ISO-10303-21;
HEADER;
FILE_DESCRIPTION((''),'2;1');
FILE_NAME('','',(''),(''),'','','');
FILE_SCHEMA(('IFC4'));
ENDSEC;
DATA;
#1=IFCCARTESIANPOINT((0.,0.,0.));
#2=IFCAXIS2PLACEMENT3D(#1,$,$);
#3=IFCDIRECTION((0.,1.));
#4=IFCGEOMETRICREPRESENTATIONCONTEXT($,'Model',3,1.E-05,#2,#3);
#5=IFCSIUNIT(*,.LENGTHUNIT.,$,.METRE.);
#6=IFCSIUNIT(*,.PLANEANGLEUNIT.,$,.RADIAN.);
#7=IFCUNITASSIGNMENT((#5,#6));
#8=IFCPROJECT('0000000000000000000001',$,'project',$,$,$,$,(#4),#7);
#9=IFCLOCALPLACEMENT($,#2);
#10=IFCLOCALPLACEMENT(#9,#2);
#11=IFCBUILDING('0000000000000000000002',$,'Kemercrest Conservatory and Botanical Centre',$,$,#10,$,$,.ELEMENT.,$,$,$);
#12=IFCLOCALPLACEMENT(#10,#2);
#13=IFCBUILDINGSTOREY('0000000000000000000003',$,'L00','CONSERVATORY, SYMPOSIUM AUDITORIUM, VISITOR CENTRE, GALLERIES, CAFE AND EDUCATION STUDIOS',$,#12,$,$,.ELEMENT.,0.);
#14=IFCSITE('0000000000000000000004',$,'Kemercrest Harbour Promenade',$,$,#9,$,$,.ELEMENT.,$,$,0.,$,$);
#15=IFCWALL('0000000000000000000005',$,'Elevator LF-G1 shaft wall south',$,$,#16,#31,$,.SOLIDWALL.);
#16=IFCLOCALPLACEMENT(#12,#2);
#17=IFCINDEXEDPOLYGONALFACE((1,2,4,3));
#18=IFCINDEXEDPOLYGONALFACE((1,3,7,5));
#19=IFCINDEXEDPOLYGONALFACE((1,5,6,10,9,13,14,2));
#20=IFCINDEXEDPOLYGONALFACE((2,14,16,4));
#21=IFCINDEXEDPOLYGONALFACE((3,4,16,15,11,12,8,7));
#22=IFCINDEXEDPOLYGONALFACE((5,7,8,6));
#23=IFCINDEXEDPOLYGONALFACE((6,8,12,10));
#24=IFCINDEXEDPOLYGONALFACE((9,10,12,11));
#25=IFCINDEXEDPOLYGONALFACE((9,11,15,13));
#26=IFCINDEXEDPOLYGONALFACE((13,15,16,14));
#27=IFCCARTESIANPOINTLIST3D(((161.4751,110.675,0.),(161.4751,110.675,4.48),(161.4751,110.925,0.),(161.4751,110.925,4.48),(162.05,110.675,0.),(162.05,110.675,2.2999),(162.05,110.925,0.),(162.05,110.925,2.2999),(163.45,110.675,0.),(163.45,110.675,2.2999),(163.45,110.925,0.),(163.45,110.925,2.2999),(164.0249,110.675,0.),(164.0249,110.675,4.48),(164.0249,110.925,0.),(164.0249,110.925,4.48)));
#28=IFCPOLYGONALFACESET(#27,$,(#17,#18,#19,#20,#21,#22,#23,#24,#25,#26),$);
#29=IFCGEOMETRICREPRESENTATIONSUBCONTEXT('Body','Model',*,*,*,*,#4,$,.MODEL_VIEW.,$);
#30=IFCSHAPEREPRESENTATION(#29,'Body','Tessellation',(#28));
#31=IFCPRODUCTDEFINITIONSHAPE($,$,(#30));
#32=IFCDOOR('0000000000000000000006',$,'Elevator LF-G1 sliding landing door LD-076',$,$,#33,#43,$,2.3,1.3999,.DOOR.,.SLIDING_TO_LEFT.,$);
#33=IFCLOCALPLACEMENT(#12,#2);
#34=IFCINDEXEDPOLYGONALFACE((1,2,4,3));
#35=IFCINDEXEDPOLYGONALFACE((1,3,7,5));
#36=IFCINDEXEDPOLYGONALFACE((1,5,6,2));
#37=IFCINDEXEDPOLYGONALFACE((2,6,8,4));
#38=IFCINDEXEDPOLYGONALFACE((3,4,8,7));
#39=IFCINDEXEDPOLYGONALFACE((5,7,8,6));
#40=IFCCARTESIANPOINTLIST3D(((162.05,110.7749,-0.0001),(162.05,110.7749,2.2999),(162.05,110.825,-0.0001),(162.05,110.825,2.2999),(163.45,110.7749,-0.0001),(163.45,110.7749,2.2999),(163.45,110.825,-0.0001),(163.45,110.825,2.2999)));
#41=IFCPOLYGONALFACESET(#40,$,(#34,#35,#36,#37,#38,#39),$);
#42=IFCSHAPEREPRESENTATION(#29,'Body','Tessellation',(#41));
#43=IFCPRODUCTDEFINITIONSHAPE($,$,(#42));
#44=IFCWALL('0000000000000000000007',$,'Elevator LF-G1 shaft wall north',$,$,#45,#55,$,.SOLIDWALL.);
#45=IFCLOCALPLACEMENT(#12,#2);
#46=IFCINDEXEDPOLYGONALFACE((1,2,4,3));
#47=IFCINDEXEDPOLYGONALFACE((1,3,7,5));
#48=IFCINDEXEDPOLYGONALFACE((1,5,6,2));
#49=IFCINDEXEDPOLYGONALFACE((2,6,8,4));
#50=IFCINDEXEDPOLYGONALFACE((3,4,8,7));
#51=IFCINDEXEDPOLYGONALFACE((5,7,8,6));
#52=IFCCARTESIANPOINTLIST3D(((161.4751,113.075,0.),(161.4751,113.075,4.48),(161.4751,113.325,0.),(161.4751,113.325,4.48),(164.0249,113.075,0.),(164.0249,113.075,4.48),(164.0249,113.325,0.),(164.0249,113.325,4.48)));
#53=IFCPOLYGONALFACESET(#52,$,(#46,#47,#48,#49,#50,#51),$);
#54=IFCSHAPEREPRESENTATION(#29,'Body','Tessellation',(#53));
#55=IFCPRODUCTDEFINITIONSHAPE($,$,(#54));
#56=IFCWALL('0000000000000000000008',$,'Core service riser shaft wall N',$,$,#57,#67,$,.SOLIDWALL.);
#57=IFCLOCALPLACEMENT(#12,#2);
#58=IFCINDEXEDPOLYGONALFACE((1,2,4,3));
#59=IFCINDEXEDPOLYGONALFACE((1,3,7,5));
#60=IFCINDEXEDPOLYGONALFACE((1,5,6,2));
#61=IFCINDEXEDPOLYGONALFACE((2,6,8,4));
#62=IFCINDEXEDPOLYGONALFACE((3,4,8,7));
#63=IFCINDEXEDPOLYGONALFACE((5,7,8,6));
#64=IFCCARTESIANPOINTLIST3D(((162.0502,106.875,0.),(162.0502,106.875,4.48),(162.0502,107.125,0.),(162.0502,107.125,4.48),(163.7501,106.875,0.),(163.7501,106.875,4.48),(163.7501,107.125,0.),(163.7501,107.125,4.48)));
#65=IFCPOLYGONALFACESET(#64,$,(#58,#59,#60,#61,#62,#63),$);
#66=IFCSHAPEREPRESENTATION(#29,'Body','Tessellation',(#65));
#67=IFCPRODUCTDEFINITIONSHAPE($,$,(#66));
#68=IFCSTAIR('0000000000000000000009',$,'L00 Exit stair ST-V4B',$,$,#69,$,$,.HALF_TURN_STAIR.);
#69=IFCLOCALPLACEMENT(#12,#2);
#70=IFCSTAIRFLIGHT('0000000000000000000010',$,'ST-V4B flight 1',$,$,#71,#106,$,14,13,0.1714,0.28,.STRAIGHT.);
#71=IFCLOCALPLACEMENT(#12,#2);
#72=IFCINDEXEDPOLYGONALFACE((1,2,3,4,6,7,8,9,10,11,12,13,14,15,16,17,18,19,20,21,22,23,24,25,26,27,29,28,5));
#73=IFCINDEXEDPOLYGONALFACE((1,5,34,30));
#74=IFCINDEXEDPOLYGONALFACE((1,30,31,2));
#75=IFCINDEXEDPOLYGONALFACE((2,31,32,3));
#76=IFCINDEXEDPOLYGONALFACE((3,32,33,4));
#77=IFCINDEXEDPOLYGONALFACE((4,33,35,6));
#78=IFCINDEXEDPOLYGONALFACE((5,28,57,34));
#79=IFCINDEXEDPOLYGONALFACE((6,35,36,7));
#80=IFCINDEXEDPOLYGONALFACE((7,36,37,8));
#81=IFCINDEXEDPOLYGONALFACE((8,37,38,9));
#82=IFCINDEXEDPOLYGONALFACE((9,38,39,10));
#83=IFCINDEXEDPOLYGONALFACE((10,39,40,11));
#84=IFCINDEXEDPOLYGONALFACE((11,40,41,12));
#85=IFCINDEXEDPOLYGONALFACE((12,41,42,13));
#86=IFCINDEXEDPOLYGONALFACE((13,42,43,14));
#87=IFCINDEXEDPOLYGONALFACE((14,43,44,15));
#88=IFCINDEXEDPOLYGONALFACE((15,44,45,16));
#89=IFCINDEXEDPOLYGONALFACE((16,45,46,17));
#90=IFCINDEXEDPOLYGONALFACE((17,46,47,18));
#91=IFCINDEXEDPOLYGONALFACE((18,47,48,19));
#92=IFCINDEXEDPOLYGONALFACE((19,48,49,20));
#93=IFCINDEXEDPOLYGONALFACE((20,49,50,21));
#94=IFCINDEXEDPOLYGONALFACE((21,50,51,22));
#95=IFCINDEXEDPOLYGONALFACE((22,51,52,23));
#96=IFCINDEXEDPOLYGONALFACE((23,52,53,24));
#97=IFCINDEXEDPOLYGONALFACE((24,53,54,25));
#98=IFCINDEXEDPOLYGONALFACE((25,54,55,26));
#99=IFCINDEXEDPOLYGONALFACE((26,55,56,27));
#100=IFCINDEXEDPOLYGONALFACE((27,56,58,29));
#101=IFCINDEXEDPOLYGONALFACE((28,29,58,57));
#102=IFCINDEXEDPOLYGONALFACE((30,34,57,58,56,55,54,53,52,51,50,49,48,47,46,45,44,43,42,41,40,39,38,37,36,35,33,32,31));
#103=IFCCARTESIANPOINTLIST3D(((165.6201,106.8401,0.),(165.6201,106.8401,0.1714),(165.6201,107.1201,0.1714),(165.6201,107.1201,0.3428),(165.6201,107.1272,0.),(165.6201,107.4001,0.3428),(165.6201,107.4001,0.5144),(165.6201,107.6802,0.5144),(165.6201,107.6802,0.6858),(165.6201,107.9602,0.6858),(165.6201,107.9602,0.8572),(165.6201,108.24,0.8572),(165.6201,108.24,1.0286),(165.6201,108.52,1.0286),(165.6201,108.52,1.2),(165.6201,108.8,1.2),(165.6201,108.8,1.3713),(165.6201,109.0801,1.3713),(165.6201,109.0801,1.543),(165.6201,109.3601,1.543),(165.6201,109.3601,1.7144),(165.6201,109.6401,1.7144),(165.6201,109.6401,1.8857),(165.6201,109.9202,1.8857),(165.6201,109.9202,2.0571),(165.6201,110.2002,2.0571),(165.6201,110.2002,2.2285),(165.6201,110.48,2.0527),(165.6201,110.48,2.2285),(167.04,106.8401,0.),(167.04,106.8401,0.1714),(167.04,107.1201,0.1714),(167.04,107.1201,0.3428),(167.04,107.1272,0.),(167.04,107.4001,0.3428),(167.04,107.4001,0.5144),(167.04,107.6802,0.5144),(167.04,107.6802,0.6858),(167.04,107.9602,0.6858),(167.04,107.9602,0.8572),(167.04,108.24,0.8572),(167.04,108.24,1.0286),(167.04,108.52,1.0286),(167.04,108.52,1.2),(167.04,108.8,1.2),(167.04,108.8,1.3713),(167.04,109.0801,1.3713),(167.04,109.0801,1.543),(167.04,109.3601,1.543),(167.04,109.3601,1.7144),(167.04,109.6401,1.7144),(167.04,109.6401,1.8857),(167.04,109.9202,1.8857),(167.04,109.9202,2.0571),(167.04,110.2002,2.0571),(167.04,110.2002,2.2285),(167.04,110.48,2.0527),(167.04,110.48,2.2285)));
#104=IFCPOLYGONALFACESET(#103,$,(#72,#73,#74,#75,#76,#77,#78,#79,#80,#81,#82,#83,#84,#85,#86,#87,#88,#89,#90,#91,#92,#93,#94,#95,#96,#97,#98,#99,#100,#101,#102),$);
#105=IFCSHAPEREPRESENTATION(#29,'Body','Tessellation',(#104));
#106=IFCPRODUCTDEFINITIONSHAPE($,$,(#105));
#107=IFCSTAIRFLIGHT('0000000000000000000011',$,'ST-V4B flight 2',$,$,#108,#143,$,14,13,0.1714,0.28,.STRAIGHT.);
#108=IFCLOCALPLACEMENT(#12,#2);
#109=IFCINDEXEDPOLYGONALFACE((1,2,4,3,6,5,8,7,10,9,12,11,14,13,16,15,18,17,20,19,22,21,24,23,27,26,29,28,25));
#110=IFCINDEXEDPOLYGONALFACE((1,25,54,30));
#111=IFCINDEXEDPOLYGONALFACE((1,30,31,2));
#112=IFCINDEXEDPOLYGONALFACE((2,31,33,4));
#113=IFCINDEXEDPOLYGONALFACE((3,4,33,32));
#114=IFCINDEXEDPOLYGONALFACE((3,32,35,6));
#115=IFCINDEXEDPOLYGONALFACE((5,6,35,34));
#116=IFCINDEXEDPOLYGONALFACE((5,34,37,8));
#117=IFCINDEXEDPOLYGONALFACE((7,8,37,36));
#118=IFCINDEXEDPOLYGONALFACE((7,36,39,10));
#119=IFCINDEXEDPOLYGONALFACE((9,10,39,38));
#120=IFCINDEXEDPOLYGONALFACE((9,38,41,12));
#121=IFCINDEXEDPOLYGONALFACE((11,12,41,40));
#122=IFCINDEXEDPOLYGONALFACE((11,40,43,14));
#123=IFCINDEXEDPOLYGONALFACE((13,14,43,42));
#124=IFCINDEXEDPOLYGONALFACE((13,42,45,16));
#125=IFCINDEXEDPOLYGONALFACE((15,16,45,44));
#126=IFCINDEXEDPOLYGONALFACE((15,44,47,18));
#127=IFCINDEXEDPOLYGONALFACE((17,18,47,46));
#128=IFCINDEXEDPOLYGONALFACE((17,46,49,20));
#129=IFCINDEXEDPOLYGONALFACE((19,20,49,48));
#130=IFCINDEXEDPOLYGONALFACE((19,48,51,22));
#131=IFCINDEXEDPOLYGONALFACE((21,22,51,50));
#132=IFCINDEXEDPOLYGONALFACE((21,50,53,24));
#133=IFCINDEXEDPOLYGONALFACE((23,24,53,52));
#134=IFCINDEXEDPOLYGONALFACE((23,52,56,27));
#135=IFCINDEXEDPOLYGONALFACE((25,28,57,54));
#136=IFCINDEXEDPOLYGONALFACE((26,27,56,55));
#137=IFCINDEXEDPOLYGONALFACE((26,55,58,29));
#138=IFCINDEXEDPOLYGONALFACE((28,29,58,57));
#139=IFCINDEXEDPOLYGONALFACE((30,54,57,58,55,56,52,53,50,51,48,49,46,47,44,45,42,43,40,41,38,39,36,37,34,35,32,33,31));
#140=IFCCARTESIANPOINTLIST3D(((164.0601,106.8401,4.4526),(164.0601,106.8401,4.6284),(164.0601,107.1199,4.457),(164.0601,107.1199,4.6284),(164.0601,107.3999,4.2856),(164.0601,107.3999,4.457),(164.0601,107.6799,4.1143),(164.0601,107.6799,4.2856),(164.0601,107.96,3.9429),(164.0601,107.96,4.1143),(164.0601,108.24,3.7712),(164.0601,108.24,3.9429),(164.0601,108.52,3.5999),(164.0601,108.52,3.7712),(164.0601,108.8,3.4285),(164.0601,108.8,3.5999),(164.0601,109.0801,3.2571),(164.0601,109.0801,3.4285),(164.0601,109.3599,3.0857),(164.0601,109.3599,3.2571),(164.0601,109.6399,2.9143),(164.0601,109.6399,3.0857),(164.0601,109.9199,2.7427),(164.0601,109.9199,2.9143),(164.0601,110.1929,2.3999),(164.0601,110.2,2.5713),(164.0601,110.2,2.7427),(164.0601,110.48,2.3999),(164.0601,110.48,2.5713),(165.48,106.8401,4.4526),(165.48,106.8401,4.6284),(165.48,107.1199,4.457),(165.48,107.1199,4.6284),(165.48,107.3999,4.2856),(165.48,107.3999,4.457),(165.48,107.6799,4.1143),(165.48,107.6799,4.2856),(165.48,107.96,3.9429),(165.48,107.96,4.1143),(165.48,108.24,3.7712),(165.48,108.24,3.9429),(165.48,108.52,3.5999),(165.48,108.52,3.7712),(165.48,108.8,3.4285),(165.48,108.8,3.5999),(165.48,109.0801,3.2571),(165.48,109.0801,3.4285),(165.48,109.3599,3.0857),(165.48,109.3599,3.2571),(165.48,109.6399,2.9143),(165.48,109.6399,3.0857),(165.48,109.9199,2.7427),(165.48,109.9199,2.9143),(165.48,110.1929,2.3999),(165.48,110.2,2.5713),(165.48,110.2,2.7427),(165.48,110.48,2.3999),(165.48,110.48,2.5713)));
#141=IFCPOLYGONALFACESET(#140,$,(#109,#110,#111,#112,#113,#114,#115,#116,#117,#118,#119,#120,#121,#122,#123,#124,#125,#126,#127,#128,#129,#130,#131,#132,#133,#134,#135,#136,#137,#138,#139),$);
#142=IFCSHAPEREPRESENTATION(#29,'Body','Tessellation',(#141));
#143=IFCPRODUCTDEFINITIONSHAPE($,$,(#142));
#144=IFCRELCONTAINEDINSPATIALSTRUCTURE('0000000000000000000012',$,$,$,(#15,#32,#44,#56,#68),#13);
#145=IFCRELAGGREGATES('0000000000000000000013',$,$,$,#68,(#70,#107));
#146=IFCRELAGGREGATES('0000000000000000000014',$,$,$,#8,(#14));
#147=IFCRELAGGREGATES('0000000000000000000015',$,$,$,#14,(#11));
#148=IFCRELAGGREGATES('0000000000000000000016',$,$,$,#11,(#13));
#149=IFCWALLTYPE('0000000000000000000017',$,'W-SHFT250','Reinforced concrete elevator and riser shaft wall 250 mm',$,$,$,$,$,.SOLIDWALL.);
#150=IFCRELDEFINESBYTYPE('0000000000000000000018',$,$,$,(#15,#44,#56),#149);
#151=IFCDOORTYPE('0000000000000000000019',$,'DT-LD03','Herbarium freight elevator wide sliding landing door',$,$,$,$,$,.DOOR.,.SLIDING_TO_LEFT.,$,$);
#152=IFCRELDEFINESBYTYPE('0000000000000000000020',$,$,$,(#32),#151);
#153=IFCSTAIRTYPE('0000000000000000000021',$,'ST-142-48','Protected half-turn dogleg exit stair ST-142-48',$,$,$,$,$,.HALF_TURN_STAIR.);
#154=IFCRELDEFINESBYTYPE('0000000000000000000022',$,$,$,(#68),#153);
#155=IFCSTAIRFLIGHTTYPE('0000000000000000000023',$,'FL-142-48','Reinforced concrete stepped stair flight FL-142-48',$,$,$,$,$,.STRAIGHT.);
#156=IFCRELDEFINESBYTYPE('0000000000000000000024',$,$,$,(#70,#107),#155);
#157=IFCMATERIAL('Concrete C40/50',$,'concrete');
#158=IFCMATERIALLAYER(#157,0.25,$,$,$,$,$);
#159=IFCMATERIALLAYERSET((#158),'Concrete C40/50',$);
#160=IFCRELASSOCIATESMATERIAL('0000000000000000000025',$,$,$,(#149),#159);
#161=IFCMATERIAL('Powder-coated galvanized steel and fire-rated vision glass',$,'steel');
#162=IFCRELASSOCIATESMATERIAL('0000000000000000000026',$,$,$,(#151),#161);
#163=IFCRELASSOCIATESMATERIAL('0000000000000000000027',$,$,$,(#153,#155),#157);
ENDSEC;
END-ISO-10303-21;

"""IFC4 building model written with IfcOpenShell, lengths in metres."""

from ifc_helpers import new_model, si_unit, direction, frame, frame_2d, origin, place, context, subcontext, project, spatial, polyline, rectangle, outline, extrude, material, layer, layer_set, type_object, element, fill, aggregate, save


model = new_model("IFC4")

# Units and contexts
model_context = context("Model", 3, precision=1e-05, world=origin(), true_north=direction((0.0, 1.0)))
body_context = subcontext(model_context, "Body", "Model", "MODEL_VIEW")
ifc_project = project(units=[si_unit("LENGTHUNIT", "METRE"), si_unit("PLANEANGLEUNIT", "RADIAN")], contexts=[model_context])

# Site, building, storey
site_placement = place(None, origin())
site = spatial("IfcSite", under=ifc_project, at=site_placement, Name="Kemercrest Harbour Promenade", CompositionType="ELEMENT", RefElevation=0.0)
building_placement = place(site_placement, origin())
building = spatial("IfcBuilding", under=site, at=building_placement, Name="Kemercrest Conservatory and Botanical Centre", CompositionType="ELEMENT")
storey_placement = place(building_placement, origin())
storey = spatial("IfcBuildingStorey", under=building, at=storey_placement, Name="L00", Description="CONSERVATORY, SYMPOSIUM AUDITORIUM, VISITOR CENTRE, GALLERIES, CAFE AND EDUCATION STUDIOS", CompositionType="ELEMENT", Elevation=0.0)

# Shared definitions
ifc_material_1 = material(Name="Concrete C40/50", Category="concrete")

# Shared definitions
ifc_layer_1 = layer(ifc_material_1, 0.25)
ifc_layer_set_1 = layer_set([ifc_layer_1], Name="Concrete C40/50")
wall_type_1 = type_object("IfcWallType", Name="W-SHFT250", Description="Reinforced concrete elevator and riser shaft wall 250 mm", PredefinedType="SOLIDWALL", material=ifc_layer_set_1)

# Wall, opening, door
wall_1_placement = place(storey_placement, frame((161.4751, 110.8, 0.0), z_axis=(0.0, 0.0, 1.0), x_axis=(1.0, 0.0, 0.0)))
wall_1 = element("IfcWall", 1, at=wall_1_placement, inside=storey, type_object=wall_type_1, Name="Elevator LF-G1 shaft wall south", PredefinedType="SOLIDWALL", context=body_context, shape_type="SweptSolid", body=[
    extrude(rectangle(XDim=2.5498, YDim=0.25, at=frame_2d((1.2749, 0.0))), origin(), (0.0, 0.0, 1.0), 4.48),
])
opening_1_placement = place(wall_1_placement, frame((0.575, 0.0, 0.0)))
opening_1 = element("IfcOpeningElement", 2, at=opening_1_placement, cuts=wall_1, PredefinedType="OPENING", context=body_context, shape_type="SweptSolid", body=[
    extrude(rectangle(XDim=1.3999, YDim=2.3, at=frame_2d((0.7, 1.1499))), frame((0.0, 0.135, 0.0), z_axis=(0.0, -1.0, 0.0), x_axis=(1.0, 0.0, 0.0)), (0.0, 0.0, 1.0), 0.27),
])
ifc_material_2 = material(Name="Powder-coated galvanized steel and fire-rated vision glass", Category="steel")
door_type_1 = type_object("IfcDoorType", Name="DT-LD03", Description="Herbarium freight elevator wide sliding landing door", OperationType="SLIDING_TO_LEFT", PredefinedType="DOOR", material=ifc_material_2)
door_1_placement = place(opening_1_placement, origin())
door_1 = element("IfcDoor", 3, at=door_1_placement, inside=storey, type_object=door_type_1, Name="Elevator LF-G1 sliding landing door LD-076", OperationType="SLIDING_TO_LEFT", OverallHeight=2.3, OverallWidth=1.3999, PredefinedType="DOOR", context=body_context, shape_type="SweptSolid", body=[
    extrude(rectangle(XDim=1.3999, YDim=2.3, at=frame_2d((0.7, 1.1499))), frame((0.0, 0.0249, 0.0), z_axis=(0.0, -1.0, 0.0), x_axis=(1.0, 0.0, 0.0)), (0.0, 0.0, 1.0), 0.05),
])
fill(opening_1, door_1)

# Walls
wall_2_placement = place(storey_placement, frame((161.4751, 113.2, 0.0), z_axis=(0.0, 0.0, 1.0), x_axis=(1.0, 0.0, 0.0)))
element("IfcWall", 4, at=wall_2_placement, inside=storey, type_object=wall_type_1, Name="Elevator LF-G1 shaft wall north", PredefinedType="SOLIDWALL", context=body_context, shape_type="SweptSolid", body=[
    extrude(rectangle(XDim=2.5498, YDim=0.25, at=frame_2d((1.2749, 0.0))), origin(), (0.0, 0.0, 1.0), 4.48),
])
wall_3_placement = place(storey_placement, frame((162.05, 107.0, 0.0), z_axis=(0.0, 0.0, 1.0), x_axis=(1.0, 0.0, 0.0)))
element("IfcWall", 5, at=wall_3_placement, inside=storey, type_object=wall_type_1, Name="Core service riser shaft wall N", PredefinedType="SOLIDWALL", context=body_context, shape_type="SweptSolid", body=[
    extrude(rectangle(XDim=1.7, YDim=0.25, at=frame_2d((0.8501, 0.0))), origin(), (0.0, 0.0, 1.0), 4.48),
])

# Stair, stair flights
stair_type = type_object("IfcStairType", Name="ST-142-48", Description="Protected half-turn dogleg exit stair ST-142-48", PredefinedType="HALF_TURN_STAIR", material=ifc_material_1)
stair_placement = place(storey_placement, origin())
stair = element("IfcStair", 6, at=stair_placement, inside=storey, type_object=stair_type, Name="L00 Exit stair ST-V4B", PredefinedType="HALF_TURN_STAIR")
stair_flight_type = type_object("IfcStairFlightType", Name="FL-142-48", Description="Reinforced concrete stepped stair flight FL-142-48", PredefinedType="STRAIGHT", material=ifc_material_1)
stair_flight_1_placement = place(storey_placement, frame((166.3301, 106.8401, 0.0), z_axis=(0.0, 0.0, 1.0), x_axis=(0.0, 1.0, 0.0)))
stair_flight_1 = element("IfcStairFlight", 7, at=stair_flight_1_placement, type_object=stair_flight_type, Name="ST-V4B flight 1", NumberOfRisers=14, NumberOfTreads=13, PredefinedType="STRAIGHT", RiserHeight=0.1714, TreadLength=0.28, context=body_context, shape_type="SweptSolid", body=[
    extrude(outline(polyline([(0.0, 0.0), (0.0, 0.1714), (0.28, 0.1714), (0.28, 0.3428), (0.5601, 0.3428), (0.5601, 0.5144), (0.8401, 0.5144), (0.8401, 0.6858), (1.1201, 0.6858), (1.1201, 0.8572), (1.3999, 0.8572), (1.3999, 1.0286), (1.6799, 1.0286), (1.6799, 1.2), (1.96, 1.2), (1.96, 1.3713), (2.24, 1.3713), (2.24, 1.543), (2.52, 1.543), (2.52, 1.7144), (2.8, 1.7144), (2.8, 1.8857), (3.0801, 1.8857), (3.0801, 2.0571), (3.3601, 2.0571), (3.3601, 2.2285), (3.6399, 2.2285), (3.6399, 2.3999), (3.6399, 2.0527), (0.2871, 0.0), (0.0, 0.0)])), frame((0.0, 0.71, 0.0), z_axis=(0.0, -1.0, 0.0), x_axis=(1.0, 0.0, 0.0)), (0.0, 0.0, 1.0), 1.4199),
])
stair_flight_2_placement = place(storey_placement, frame((164.77, 110.48, 2.3999), z_axis=(0.0, 0.0, 1.0), x_axis=(0.0, -1.0, 0.0)))
stair_flight_2 = element("IfcStairFlight", 8, at=stair_flight_2_placement, type_object=stair_flight_type, Name="ST-V4B flight 2", NumberOfRisers=14, NumberOfTreads=13, PredefinedType="STRAIGHT", RiserHeight=0.1714, TreadLength=0.28, context=body_context, shape_type="SweptSolid", body=[
    extrude(outline(polyline([(0.0, 0.0), (0.0, 0.1714), (0.28, 0.1714), (0.28, 0.3428), (0.5601, 0.3428), (0.5601, 0.5144), (0.8401, 0.5144), (0.8401, 0.6858), (1.1201, 0.6858), (1.1201, 0.8572), (1.3999, 0.8572), (1.3999, 1.0286), (1.6799, 1.0286), (1.6799, 1.2), (1.96, 1.2), (1.96, 1.3713), (2.24, 1.3713), (2.24, 1.543), (2.52, 1.543), (2.52, 1.7144), (2.8, 1.7144), (2.8, 1.8857), (3.0801, 1.8857), (3.0801, 2.0571), (3.3601, 2.0571), (3.3601, 2.2285), (3.6399, 2.2285), (3.6399, 2.3999), (3.6399, 2.0527), (0.2871, 0.0), (0.0, 0.0)])), frame((0.0, 0.71, 0.0), z_axis=(0.0, -1.0, 0.0), x_axis=(1.0, 0.0, 0.0)), (0.0, 0.0, 1.0), 1.4199),
])
aggregate(stair, [stair_flight_1, stair_flight_2])

save(model, "model.ifc")
